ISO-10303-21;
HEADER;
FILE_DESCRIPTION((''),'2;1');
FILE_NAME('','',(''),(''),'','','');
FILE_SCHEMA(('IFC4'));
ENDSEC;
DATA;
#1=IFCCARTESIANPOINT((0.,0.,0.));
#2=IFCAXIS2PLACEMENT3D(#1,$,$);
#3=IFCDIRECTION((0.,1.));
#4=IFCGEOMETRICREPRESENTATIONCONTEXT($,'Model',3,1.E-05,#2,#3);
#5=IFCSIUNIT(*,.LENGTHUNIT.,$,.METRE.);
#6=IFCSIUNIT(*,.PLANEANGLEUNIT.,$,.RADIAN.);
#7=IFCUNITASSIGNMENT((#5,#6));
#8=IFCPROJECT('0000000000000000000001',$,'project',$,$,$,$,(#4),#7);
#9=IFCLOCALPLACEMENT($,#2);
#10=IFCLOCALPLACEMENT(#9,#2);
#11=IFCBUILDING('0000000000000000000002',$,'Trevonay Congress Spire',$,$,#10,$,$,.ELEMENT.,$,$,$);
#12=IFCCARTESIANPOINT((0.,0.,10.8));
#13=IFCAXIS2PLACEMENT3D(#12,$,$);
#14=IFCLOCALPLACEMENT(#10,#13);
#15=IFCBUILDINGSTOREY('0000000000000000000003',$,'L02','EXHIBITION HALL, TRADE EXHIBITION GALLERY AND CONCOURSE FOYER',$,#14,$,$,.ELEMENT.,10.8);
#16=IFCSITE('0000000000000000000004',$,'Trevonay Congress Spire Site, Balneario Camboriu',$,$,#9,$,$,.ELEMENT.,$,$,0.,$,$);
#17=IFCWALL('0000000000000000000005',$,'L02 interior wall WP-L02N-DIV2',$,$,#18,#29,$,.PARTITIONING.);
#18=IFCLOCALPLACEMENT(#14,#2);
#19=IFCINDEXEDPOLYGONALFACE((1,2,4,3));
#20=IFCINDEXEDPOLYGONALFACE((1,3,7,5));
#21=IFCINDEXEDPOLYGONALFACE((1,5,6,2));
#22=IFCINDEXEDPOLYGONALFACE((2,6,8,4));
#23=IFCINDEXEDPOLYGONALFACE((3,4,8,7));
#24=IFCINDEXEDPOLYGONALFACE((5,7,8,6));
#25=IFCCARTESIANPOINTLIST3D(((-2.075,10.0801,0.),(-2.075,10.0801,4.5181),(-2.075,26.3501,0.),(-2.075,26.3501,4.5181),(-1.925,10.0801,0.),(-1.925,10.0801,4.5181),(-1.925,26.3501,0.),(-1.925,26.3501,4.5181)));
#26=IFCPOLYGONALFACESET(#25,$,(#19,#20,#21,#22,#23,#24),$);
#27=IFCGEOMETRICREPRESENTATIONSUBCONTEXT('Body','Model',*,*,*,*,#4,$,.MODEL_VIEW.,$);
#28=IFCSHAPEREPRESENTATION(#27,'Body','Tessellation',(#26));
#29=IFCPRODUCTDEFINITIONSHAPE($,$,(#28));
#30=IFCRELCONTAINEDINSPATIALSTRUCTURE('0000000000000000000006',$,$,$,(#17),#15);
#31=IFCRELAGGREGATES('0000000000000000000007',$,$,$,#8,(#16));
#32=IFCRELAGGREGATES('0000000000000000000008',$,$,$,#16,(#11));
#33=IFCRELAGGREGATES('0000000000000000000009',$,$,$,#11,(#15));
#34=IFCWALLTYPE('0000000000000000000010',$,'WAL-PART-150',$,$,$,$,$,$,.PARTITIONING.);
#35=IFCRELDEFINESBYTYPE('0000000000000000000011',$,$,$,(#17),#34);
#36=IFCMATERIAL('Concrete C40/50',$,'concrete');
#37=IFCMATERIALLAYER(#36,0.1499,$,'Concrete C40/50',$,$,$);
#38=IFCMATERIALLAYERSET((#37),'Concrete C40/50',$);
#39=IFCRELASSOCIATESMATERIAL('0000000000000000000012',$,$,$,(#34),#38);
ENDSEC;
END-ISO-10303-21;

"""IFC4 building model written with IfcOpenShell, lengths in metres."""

from ifc_helpers import new_model, si_unit, direction, frame, frame_2d, origin, place, context, subcontext, project, spatial, rectangle, extrude, material, layer, layer_set, type_object, element, save


model = new_model("IFC4")

# Units and contexts
model_context = context("Model", 3, precision=1e-05, world=origin(), true_north=direction((0.0, 1.0)))
body_context = subcontext(model_context, "Body", "Model", "MODEL_VIEW")
ifc_project = project(units=[si_unit("LENGTHUNIT", "METRE"), si_unit("PLANEANGLEUNIT", "RADIAN")], contexts=[model_context])

# Site, building, storey
site_placement = place(None, origin())
site = spatial("IfcSite", under=ifc_project, at=site_placement, Name="Trevonay Congress Spire Site, Balneario Camboriu", CompositionType="ELEMENT", RefElevation=0.0)
building_placement = place(site_placement, origin())
building = spatial("IfcBuilding", under=site, at=building_placement, Name="Trevonay Congress Spire", CompositionType="ELEMENT")
storey_placement = place(building_placement, frame((0.0, 0.0, 10.8)))
storey = spatial("IfcBuildingStorey", under=building, at=storey_placement, Name="L02", Description="EXHIBITION HALL, TRADE EXHIBITION GALLERY AND CONCOURSE FOYER", CompositionType="ELEMENT", Elevation=10.8)

# Wall
ifc_material_1 = material(Name="Concrete C40/50", Category="concrete")
ifc_layer_1 = layer(ifc_material_1, 0.1499, Name="Concrete C40/50")
ifc_layer_set_1 = layer_set([ifc_layer_1], Name="Concrete C40/50")
wall_type = type_object("IfcWallType", Name="WAL-PART-150", PredefinedType="PARTITIONING", material=ifc_layer_set_1)
wall_placement = place(storey_placement, frame((-2.0, 10.0801, 0.0), z_axis=(0.0, 0.0, 1.0), x_axis=(0.0, 1.0, 0.0)))
element("IfcWall", 1, at=wall_placement, inside=storey, type_object=wall_type, Name="L02 interior wall WP-L02N-DIV2", PredefinedType="PARTITIONING", context=body_context, shape_type="SweptSolid", body=[
    extrude(rectangle(XDim=16.27, YDim=0.1499, at=frame_2d((8.135, 0.0))), origin(), (0.0, 0.0, 1.0), 4.5181),
])

save(model, "model.ifc")
